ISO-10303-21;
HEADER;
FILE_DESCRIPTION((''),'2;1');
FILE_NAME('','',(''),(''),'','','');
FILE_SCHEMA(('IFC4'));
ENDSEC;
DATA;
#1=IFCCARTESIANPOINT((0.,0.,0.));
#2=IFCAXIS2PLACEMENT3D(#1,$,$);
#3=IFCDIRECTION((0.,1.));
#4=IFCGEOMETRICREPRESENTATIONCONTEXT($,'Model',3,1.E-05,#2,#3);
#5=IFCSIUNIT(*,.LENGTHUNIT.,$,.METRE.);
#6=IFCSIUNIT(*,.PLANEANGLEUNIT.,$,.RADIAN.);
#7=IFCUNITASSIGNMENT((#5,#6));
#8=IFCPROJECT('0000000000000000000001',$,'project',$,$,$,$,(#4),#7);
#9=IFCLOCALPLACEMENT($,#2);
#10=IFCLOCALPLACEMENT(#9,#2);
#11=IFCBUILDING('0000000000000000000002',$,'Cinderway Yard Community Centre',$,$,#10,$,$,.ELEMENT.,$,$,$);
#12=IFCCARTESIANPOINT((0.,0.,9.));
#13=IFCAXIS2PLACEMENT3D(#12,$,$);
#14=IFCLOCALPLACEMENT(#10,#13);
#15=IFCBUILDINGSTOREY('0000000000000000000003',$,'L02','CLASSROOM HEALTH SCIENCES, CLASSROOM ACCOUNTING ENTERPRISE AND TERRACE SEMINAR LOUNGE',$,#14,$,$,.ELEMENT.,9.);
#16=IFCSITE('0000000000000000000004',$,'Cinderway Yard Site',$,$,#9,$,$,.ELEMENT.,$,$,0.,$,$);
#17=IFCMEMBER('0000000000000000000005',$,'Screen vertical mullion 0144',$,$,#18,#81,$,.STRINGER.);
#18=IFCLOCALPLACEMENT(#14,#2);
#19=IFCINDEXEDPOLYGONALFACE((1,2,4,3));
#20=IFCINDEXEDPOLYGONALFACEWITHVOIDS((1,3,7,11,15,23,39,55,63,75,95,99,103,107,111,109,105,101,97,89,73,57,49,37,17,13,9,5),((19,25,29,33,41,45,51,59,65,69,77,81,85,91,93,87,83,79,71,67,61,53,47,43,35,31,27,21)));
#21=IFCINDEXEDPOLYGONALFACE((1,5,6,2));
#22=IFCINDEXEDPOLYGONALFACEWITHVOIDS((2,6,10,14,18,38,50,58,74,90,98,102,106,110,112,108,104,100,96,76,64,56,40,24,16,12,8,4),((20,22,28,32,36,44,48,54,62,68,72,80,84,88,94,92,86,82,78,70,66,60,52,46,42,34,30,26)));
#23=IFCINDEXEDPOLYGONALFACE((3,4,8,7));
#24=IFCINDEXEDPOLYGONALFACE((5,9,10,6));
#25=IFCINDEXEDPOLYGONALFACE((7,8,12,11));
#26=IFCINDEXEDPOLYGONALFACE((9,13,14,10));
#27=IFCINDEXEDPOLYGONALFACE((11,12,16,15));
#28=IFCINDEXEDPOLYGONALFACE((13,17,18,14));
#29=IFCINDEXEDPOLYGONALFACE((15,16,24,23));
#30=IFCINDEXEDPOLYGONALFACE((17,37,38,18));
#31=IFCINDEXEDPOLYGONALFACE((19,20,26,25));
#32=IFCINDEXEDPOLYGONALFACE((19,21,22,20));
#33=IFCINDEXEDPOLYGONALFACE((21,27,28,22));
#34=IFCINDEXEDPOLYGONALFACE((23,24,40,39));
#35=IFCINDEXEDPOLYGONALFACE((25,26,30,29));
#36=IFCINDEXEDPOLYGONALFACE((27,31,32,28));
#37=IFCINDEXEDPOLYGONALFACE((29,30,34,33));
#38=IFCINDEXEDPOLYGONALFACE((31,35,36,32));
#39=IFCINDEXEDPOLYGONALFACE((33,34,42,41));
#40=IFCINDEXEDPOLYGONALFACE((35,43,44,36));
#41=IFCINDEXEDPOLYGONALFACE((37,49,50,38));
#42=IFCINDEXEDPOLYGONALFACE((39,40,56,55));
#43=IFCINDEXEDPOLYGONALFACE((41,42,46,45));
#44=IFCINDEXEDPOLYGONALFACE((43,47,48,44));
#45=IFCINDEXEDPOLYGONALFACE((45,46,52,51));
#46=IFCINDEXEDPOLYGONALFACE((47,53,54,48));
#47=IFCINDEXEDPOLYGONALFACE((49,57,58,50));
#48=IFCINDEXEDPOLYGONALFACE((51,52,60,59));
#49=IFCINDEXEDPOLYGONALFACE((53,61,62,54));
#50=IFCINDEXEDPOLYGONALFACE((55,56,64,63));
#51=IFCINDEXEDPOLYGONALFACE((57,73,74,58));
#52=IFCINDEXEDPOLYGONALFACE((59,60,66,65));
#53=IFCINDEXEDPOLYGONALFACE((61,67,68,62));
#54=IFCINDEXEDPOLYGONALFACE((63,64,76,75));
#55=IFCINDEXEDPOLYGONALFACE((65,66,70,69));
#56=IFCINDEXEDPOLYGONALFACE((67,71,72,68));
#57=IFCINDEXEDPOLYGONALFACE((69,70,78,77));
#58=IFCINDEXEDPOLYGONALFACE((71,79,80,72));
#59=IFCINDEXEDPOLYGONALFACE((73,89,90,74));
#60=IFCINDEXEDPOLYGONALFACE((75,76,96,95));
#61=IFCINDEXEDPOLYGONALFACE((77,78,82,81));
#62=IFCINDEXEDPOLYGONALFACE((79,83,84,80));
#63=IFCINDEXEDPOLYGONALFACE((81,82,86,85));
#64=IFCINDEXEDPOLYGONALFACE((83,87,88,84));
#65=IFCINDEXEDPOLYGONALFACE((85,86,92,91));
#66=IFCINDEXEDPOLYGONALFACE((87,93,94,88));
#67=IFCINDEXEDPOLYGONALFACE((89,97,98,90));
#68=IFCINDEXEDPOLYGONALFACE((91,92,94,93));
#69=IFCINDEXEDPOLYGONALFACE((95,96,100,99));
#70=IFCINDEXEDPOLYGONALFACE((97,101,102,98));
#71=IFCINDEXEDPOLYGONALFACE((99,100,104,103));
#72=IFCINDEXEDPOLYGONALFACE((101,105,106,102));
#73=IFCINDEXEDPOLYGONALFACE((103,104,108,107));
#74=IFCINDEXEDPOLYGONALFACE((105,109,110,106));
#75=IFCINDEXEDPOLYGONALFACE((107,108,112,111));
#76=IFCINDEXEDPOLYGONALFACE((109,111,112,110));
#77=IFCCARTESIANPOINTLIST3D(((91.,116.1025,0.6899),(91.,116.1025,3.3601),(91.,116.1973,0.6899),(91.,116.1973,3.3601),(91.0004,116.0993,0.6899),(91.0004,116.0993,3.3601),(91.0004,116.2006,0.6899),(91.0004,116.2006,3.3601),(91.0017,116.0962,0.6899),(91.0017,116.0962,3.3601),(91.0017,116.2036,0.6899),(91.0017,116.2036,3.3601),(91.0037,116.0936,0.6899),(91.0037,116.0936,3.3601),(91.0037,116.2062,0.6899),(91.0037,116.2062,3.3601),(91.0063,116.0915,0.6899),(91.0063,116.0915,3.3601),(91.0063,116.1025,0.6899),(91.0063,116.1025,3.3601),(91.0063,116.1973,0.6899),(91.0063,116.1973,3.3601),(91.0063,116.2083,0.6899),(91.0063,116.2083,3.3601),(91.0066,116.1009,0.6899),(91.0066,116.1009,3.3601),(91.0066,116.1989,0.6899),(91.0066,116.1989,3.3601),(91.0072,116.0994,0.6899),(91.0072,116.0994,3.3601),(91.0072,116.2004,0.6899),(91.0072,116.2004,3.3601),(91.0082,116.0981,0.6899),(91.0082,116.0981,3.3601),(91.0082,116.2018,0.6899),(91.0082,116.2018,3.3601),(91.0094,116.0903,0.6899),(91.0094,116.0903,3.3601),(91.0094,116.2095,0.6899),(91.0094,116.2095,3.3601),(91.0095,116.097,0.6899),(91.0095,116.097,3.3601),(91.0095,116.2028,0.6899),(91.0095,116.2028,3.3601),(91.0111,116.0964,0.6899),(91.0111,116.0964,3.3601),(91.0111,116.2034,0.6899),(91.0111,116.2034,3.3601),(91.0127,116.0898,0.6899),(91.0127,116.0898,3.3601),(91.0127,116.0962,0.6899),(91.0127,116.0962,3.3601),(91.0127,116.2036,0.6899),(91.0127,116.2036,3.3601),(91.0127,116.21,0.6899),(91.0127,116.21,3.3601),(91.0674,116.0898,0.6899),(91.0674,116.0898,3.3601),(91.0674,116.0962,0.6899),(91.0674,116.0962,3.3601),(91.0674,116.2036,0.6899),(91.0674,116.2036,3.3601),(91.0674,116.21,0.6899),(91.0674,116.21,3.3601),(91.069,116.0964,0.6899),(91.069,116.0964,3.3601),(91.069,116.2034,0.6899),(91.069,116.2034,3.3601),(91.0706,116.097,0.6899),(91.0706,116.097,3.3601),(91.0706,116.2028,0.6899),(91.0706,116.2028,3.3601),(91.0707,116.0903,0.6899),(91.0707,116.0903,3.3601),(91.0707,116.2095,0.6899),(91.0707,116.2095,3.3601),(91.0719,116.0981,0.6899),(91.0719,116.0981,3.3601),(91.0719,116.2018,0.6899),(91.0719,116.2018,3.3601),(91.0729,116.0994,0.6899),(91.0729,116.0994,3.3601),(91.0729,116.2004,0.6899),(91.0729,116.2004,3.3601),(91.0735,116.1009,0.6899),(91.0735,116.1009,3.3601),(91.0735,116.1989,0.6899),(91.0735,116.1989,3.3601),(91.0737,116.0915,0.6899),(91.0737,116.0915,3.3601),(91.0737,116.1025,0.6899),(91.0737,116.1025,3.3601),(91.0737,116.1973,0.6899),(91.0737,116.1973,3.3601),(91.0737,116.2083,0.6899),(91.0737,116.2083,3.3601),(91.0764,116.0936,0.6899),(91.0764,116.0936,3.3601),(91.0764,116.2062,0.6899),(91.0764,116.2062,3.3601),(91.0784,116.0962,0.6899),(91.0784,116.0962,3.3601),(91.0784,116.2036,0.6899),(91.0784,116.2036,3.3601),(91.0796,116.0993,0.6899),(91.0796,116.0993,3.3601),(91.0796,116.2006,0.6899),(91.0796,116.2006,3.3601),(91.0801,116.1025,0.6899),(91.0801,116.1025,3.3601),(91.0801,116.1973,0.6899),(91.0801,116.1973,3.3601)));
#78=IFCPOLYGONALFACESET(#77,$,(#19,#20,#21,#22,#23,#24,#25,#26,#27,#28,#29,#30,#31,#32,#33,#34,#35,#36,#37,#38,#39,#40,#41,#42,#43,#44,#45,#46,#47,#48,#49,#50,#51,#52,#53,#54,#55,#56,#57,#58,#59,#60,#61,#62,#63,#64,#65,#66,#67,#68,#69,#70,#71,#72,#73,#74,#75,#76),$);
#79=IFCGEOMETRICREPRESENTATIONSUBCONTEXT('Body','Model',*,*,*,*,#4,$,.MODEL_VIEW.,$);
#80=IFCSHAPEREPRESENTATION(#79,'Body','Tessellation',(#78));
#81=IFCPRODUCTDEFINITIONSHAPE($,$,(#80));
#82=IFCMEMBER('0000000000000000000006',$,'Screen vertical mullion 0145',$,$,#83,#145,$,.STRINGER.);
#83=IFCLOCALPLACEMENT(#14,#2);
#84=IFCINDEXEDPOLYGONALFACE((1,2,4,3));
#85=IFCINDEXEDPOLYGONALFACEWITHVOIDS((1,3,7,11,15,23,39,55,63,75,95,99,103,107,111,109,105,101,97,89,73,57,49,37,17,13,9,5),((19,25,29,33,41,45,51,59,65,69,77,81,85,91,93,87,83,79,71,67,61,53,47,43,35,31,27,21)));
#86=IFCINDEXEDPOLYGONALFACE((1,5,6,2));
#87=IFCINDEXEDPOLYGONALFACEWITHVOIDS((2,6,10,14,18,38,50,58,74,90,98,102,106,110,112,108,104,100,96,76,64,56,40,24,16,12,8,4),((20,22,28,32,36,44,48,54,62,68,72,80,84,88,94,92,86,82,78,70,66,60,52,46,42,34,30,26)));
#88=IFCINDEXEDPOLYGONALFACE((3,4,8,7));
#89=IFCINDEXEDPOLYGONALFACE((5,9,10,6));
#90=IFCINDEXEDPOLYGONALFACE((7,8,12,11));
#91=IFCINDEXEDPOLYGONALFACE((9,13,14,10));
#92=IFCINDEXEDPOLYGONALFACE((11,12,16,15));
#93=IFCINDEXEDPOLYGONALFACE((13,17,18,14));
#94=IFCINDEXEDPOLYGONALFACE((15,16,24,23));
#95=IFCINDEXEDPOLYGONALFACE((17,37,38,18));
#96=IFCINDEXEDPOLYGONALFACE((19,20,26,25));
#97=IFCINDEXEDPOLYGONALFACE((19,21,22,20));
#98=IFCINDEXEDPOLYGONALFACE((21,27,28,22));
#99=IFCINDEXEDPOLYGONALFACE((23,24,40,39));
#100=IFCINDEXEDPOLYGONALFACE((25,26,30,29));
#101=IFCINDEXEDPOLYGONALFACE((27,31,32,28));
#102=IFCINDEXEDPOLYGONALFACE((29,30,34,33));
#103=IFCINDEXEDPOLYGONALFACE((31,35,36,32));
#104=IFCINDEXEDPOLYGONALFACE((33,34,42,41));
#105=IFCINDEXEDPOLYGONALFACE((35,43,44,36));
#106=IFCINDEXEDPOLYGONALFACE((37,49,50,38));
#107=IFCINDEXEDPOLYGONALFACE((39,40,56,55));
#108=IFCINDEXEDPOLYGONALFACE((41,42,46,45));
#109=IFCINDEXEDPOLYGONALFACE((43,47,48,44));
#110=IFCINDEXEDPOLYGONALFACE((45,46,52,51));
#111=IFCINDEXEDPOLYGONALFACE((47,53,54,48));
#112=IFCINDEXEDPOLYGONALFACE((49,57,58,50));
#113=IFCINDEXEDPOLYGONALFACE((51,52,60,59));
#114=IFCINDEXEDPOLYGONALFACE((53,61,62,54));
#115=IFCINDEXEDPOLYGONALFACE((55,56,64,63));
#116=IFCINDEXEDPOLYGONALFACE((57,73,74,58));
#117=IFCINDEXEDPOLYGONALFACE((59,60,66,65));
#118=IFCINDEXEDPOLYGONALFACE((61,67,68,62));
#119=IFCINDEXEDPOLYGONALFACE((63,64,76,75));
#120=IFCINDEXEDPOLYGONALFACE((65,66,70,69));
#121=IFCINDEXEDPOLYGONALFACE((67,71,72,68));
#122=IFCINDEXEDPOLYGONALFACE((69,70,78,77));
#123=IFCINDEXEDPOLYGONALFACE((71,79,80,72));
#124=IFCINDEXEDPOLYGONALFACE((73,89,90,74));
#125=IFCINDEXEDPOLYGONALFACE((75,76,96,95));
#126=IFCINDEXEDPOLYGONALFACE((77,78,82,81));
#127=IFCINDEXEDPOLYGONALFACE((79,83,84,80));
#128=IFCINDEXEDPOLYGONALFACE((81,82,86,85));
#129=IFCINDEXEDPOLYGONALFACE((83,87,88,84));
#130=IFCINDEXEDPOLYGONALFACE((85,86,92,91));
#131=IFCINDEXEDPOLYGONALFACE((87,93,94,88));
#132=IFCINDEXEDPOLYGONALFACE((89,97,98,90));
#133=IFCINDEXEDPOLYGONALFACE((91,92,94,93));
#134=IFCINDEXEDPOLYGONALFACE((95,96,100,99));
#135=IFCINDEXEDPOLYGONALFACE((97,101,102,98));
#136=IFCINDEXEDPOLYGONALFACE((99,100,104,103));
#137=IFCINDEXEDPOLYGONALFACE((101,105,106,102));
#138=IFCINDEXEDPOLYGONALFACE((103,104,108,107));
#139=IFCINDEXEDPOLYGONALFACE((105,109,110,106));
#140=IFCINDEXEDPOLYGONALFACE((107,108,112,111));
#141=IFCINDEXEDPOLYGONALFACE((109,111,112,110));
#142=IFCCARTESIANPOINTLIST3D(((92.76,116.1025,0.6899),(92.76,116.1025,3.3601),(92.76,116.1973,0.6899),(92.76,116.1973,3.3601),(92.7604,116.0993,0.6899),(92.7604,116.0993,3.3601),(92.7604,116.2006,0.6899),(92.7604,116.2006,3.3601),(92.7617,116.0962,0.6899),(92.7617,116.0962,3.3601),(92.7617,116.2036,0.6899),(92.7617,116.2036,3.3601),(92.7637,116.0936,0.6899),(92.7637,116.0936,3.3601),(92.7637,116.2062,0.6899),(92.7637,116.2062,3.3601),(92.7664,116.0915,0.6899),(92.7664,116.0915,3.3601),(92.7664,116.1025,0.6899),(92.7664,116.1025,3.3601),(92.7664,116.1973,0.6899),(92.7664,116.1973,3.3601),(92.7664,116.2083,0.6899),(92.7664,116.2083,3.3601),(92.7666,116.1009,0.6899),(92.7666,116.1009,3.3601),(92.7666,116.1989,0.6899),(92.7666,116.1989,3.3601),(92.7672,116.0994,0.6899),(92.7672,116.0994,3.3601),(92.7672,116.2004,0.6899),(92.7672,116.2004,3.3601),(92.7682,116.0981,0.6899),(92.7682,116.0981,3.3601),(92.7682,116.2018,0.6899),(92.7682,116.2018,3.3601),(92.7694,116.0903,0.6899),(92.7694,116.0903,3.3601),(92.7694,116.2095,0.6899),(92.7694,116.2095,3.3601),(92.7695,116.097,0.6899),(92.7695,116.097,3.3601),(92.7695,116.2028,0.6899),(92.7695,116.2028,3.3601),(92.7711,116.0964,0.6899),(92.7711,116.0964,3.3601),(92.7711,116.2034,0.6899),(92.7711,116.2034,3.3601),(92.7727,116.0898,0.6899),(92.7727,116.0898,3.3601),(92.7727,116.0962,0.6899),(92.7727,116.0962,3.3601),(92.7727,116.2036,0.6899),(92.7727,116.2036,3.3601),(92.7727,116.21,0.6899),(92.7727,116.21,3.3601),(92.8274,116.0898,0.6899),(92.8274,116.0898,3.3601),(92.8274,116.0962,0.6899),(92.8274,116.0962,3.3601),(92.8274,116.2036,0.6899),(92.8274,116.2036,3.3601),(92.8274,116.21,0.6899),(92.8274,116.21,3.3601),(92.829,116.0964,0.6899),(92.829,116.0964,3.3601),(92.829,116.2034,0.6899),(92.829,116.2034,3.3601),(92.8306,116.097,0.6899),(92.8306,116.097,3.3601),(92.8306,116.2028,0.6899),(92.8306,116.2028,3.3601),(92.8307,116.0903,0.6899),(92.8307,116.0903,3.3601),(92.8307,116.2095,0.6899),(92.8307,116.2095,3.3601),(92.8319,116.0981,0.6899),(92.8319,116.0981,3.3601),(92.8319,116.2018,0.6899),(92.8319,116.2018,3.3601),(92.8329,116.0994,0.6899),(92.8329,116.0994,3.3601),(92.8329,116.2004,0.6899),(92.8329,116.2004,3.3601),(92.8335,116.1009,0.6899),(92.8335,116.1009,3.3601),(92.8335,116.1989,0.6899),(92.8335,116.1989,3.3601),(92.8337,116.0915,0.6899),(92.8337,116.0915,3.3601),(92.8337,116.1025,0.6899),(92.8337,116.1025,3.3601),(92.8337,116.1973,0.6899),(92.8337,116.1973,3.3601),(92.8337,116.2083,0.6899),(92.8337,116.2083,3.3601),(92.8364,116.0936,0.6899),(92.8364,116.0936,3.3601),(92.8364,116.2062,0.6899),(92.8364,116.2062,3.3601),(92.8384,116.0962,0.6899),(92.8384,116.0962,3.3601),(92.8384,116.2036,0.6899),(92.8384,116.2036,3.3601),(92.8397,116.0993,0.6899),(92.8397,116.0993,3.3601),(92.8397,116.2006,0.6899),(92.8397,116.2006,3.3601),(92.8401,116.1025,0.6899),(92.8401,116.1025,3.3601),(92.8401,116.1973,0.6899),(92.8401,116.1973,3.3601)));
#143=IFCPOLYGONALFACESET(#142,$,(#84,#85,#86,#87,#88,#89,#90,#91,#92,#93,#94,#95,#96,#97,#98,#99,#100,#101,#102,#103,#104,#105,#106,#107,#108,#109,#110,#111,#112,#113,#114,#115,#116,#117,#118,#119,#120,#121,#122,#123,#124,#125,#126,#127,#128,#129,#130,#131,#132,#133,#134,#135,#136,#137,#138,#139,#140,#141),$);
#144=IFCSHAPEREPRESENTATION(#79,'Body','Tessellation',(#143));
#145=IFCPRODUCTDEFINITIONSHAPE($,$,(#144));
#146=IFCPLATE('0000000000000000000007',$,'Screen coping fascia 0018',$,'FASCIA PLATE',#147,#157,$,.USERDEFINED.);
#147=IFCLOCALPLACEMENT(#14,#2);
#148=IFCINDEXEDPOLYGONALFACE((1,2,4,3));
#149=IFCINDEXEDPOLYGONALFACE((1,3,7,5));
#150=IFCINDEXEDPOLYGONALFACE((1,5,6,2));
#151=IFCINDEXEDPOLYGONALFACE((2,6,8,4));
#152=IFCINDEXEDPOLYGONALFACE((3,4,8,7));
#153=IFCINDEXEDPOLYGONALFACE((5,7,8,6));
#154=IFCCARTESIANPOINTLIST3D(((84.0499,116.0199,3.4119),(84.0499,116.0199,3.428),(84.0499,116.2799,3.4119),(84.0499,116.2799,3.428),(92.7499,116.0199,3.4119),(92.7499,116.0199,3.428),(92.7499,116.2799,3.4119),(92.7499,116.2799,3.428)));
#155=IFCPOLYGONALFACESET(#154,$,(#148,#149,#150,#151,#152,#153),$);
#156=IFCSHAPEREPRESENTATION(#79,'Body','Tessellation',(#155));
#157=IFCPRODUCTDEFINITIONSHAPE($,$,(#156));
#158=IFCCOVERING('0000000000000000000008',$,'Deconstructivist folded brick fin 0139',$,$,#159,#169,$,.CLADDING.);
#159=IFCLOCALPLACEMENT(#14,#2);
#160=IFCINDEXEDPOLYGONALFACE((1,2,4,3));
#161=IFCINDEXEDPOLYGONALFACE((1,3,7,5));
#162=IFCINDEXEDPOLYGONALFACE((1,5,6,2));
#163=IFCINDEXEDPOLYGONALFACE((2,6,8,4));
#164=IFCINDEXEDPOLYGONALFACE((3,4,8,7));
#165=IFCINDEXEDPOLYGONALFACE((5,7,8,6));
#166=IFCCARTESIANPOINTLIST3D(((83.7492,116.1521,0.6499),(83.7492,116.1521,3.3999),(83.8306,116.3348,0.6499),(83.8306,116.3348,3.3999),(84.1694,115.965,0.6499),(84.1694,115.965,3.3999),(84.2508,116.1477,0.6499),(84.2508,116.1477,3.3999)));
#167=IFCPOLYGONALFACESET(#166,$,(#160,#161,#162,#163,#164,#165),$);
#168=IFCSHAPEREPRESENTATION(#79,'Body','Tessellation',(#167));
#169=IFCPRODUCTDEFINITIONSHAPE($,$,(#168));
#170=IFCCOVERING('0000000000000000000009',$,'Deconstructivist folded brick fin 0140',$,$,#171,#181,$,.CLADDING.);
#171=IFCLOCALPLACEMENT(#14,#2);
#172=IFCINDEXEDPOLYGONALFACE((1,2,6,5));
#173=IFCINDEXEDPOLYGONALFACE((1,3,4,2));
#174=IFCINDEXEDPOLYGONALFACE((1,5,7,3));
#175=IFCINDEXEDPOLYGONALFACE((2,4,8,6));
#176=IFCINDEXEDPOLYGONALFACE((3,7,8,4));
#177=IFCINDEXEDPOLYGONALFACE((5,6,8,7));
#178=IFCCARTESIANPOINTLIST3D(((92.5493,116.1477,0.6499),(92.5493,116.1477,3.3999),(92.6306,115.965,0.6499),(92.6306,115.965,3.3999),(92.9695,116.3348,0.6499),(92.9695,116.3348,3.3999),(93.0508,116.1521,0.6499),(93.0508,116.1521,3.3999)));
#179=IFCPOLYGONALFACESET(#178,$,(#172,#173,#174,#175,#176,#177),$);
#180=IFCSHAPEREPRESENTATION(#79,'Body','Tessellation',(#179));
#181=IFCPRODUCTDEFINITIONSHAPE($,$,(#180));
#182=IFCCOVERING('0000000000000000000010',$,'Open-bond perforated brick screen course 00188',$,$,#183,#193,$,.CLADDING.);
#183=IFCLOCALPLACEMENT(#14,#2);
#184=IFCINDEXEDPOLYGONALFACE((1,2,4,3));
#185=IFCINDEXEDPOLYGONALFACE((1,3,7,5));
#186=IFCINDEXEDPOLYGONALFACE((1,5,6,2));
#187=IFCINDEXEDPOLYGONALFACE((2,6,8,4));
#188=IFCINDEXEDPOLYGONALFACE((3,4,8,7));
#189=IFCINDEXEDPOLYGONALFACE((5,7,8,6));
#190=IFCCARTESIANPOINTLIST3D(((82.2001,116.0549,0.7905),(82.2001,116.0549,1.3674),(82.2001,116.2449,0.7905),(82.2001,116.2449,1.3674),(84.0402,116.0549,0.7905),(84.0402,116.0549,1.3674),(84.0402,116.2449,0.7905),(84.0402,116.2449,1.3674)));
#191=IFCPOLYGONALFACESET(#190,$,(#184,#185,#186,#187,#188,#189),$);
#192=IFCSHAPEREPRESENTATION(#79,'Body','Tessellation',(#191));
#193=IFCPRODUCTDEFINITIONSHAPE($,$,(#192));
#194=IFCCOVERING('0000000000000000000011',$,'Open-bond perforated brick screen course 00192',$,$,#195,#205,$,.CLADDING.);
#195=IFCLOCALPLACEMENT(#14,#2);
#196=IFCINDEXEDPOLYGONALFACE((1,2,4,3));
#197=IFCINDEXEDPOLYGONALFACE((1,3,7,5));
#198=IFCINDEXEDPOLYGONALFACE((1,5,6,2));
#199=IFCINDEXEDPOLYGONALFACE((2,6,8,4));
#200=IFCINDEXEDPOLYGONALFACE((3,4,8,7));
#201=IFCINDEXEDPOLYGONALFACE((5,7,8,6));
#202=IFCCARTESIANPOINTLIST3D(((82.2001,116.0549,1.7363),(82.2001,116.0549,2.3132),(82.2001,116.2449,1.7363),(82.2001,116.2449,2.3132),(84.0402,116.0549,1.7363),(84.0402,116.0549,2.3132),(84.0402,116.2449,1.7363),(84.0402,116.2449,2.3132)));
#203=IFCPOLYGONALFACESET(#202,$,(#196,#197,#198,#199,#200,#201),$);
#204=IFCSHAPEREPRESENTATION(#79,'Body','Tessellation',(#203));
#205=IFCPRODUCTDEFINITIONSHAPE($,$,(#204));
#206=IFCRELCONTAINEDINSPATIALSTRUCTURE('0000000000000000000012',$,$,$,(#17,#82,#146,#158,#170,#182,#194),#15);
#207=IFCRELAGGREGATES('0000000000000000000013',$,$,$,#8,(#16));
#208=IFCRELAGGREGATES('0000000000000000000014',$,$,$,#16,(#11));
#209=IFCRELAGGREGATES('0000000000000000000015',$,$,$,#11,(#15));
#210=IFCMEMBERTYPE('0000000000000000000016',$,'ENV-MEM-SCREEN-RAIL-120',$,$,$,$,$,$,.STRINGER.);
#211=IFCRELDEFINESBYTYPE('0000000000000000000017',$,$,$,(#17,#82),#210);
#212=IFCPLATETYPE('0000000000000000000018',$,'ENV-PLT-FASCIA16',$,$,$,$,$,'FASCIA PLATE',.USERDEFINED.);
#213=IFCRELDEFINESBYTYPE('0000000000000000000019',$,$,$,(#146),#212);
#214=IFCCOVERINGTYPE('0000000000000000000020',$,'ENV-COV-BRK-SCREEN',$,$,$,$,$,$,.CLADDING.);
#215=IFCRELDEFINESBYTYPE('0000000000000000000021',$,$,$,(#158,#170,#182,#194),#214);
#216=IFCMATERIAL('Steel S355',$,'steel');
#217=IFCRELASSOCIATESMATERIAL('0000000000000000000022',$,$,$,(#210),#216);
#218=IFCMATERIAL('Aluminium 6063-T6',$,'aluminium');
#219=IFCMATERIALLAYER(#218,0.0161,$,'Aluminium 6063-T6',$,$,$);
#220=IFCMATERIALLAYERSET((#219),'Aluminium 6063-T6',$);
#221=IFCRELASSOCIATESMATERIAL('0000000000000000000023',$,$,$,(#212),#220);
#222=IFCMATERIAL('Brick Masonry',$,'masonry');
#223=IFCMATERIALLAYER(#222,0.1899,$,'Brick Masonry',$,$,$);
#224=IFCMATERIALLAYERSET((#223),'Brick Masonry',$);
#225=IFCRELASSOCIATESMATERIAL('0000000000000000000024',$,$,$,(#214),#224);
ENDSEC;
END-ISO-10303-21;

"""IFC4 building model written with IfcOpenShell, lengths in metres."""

from ifc_helpers import new_model, si_unit, direction, frame, origin, origin_2d, place, context, subcontext, project, spatial, rectangle, hollow_rectangle, extrude, material, layer, layer_set, material_profile, profile_set, type_object, element, save


model = new_model("IFC4")

# Units and contexts
model_context = context("Model", 3, precision=1e-05, world=origin(), true_north=direction((0.0, 1.0)))
body_context = subcontext(model_context, "Body", "Model", "MODEL_VIEW")
ifc_project = project(units=[si_unit("LENGTHUNIT", "METRE"), si_unit("PLANEANGLEUNIT", "RADIAN")], contexts=[model_context])

# Site, building, storey
site_placement = place(None, origin())
site = spatial("IfcSite", under=ifc_project, at=site_placement, Name="Cinderway Yard Site", CompositionType="ELEMENT", RefElevation=0.0)
building_placement = place(site_placement, origin())
building = spatial("IfcBuilding", under=site, at=building_placement, Name="Cinderway Yard Community Centre", CompositionType="ELEMENT")
storey_placement = place(building_placement, frame((0.0, 0.0, 9.0)))
storey = spatial("IfcBuildingStorey", under=building, at=storey_placement, Name="L02", Description="CLASSROOM HEALTH SCIENCES, CLASSROOM ACCOUNTING ENTERPRISE AND TERRACE SEMINAR LOUNGE", CompositionType="ELEMENT", Elevation=9.0)

# Members
ifc_material_1 = material(Name="Steel S355", Category="steel")
ifc_material_profile = material_profile(ifc_material_1, hollow_rectangle(XDim=0.0801, YDim=0.1201, WallThickness=0.0063, InnerFilletRadius=0.0063, OuterFilletRadius=0.0127, at=origin_2d()), Name="Steel S355")
ifc_profile_set = profile_set([ifc_material_profile], Name="Steel S355")
member_type = type_object("IfcMemberType", Name="ENV-MEM-SCREEN-RAIL-120", PredefinedType="STRINGER", material=ifc_profile_set)
for number, where, z_axis, x_axis, name in (
    (1, (91.04, 116.1499, 0.6899), (0.0, 0.0, 1.0), (1.0, 0.0, 0.0), "Screen vertical mullion 0144"),
    (2, (92.8, 116.1499, 0.6899), (0.0, 0.0, 1.0), (1.0, 0.0, 0.0), "Screen vertical mullion 0145"),
):
    element("IfcMember", number, at=place(storey_placement, frame(where, z_axis=z_axis, x_axis=x_axis)), inside=storey, type_object=member_type, Name=name, PredefinedType="STRINGER", context=body_context, shape_type="SweptSolid", body=[
        extrude(hollow_rectangle(XDim=0.0801, YDim=0.1201, WallThickness=0.0063, InnerFilletRadius=0.0063, OuterFilletRadius=0.0127, at=origin_2d()), origin(), (0.0, 0.0, 1.0), 2.6702),
    ])

# Plate
ifc_material_2 = material(Name="Aluminium 6063-T6", Category="aluminium")
ifc_layer_1 = layer(ifc_material_2, 0.0161, Name="Aluminium 6063-T6")
ifc_layer_set_1 = layer_set([ifc_layer_1], Name="Aluminium 6063-T6")
plate_type = type_object("IfcPlateType", Name="ENV-PLT-FASCIA16", ElementType="FASCIA PLATE", PredefinedType="USERDEFINED", material=ifc_layer_set_1)
plate_placement = place(storey_placement, frame((88.3999, 116.1499, 3.4119), z_axis=(0.0, 0.0, 1.0), x_axis=(1.0, 0.0, 0.0)))
element("IfcPlate", 3, at=plate_placement, inside=storey, type_object=plate_type, Name="Screen coping fascia 0018", ObjectType="FASCIA PLATE", PredefinedType="USERDEFINED", context=body_context, shape_type="SweptSolid", body=[
    extrude(rectangle(XDim=8.7, YDim=0.26, at=origin_2d()), origin(), (0.0, 0.0, 1.0), 0.0161),
])

# Coverings
ifc_material_3 = material(Name="Brick Masonry", Category="masonry")
ifc_layer_2 = layer(ifc_material_3, 0.1899, Name="Brick Masonry")
ifc_layer_set_2 = layer_set([ifc_layer_2], Name="Brick Masonry")
covering_type = type_object("IfcCoveringType", Name="ENV-COV-BRK-SCREEN", PredefinedType="CLADDING", material=ifc_layer_set_2)
for number, where, z_axis, x_axis, name in (
    (4, (84.0, 116.1499, 0.6499), (0.0, 0.0, 1.0), (0.913545, -0.406737, 0.0), "Deconstructivist folded brick fin 0139"),
    (5, (92.8, 116.1499, 0.6499), (0.0, 0.0, 1.0), (0.913545, 0.406737, 0.0), "Deconstructivist folded brick fin 0140"),
):
    element("IfcCovering", number, at=place(storey_placement, frame(where, z_axis=z_axis, x_axis=x_axis)), inside=storey, type_object=covering_type, Name=name, PredefinedType="CLADDING", context=body_context, shape_type="SweptSolid", body=[
        extrude(rectangle(XDim=0.46, YDim=0.2, at=origin_2d()), origin(), (0.0, 0.0, 1.0), 2.75),
    ])
for number, where, z_axis, x_axis, name in (
    (6, (83.1201, 116.1499, 0.7905), (0.0, 0.0, 1.0), (1.0, 0.0, 0.0), "Open-bond perforated brick screen course 00188"),
    (7, (83.1201, 116.1499, 1.7363), (0.0, 0.0, 1.0), (1.0, 0.0, 0.0), "Open-bond perforated brick screen course 00192"),
):
    element("IfcCovering", number, at=place(storey_placement, frame(where, z_axis=z_axis, x_axis=x_axis)), inside=storey, type_object=covering_type, Name=name, PredefinedType="CLADDING", context=body_context, shape_type="SweptSolid", body=[
        extrude(rectangle(XDim=1.8401, YDim=0.1899, at=origin_2d()), origin(), (0.0, 0.0, 1.0), 0.5769),
    ])

save(model, "model.ifc")
